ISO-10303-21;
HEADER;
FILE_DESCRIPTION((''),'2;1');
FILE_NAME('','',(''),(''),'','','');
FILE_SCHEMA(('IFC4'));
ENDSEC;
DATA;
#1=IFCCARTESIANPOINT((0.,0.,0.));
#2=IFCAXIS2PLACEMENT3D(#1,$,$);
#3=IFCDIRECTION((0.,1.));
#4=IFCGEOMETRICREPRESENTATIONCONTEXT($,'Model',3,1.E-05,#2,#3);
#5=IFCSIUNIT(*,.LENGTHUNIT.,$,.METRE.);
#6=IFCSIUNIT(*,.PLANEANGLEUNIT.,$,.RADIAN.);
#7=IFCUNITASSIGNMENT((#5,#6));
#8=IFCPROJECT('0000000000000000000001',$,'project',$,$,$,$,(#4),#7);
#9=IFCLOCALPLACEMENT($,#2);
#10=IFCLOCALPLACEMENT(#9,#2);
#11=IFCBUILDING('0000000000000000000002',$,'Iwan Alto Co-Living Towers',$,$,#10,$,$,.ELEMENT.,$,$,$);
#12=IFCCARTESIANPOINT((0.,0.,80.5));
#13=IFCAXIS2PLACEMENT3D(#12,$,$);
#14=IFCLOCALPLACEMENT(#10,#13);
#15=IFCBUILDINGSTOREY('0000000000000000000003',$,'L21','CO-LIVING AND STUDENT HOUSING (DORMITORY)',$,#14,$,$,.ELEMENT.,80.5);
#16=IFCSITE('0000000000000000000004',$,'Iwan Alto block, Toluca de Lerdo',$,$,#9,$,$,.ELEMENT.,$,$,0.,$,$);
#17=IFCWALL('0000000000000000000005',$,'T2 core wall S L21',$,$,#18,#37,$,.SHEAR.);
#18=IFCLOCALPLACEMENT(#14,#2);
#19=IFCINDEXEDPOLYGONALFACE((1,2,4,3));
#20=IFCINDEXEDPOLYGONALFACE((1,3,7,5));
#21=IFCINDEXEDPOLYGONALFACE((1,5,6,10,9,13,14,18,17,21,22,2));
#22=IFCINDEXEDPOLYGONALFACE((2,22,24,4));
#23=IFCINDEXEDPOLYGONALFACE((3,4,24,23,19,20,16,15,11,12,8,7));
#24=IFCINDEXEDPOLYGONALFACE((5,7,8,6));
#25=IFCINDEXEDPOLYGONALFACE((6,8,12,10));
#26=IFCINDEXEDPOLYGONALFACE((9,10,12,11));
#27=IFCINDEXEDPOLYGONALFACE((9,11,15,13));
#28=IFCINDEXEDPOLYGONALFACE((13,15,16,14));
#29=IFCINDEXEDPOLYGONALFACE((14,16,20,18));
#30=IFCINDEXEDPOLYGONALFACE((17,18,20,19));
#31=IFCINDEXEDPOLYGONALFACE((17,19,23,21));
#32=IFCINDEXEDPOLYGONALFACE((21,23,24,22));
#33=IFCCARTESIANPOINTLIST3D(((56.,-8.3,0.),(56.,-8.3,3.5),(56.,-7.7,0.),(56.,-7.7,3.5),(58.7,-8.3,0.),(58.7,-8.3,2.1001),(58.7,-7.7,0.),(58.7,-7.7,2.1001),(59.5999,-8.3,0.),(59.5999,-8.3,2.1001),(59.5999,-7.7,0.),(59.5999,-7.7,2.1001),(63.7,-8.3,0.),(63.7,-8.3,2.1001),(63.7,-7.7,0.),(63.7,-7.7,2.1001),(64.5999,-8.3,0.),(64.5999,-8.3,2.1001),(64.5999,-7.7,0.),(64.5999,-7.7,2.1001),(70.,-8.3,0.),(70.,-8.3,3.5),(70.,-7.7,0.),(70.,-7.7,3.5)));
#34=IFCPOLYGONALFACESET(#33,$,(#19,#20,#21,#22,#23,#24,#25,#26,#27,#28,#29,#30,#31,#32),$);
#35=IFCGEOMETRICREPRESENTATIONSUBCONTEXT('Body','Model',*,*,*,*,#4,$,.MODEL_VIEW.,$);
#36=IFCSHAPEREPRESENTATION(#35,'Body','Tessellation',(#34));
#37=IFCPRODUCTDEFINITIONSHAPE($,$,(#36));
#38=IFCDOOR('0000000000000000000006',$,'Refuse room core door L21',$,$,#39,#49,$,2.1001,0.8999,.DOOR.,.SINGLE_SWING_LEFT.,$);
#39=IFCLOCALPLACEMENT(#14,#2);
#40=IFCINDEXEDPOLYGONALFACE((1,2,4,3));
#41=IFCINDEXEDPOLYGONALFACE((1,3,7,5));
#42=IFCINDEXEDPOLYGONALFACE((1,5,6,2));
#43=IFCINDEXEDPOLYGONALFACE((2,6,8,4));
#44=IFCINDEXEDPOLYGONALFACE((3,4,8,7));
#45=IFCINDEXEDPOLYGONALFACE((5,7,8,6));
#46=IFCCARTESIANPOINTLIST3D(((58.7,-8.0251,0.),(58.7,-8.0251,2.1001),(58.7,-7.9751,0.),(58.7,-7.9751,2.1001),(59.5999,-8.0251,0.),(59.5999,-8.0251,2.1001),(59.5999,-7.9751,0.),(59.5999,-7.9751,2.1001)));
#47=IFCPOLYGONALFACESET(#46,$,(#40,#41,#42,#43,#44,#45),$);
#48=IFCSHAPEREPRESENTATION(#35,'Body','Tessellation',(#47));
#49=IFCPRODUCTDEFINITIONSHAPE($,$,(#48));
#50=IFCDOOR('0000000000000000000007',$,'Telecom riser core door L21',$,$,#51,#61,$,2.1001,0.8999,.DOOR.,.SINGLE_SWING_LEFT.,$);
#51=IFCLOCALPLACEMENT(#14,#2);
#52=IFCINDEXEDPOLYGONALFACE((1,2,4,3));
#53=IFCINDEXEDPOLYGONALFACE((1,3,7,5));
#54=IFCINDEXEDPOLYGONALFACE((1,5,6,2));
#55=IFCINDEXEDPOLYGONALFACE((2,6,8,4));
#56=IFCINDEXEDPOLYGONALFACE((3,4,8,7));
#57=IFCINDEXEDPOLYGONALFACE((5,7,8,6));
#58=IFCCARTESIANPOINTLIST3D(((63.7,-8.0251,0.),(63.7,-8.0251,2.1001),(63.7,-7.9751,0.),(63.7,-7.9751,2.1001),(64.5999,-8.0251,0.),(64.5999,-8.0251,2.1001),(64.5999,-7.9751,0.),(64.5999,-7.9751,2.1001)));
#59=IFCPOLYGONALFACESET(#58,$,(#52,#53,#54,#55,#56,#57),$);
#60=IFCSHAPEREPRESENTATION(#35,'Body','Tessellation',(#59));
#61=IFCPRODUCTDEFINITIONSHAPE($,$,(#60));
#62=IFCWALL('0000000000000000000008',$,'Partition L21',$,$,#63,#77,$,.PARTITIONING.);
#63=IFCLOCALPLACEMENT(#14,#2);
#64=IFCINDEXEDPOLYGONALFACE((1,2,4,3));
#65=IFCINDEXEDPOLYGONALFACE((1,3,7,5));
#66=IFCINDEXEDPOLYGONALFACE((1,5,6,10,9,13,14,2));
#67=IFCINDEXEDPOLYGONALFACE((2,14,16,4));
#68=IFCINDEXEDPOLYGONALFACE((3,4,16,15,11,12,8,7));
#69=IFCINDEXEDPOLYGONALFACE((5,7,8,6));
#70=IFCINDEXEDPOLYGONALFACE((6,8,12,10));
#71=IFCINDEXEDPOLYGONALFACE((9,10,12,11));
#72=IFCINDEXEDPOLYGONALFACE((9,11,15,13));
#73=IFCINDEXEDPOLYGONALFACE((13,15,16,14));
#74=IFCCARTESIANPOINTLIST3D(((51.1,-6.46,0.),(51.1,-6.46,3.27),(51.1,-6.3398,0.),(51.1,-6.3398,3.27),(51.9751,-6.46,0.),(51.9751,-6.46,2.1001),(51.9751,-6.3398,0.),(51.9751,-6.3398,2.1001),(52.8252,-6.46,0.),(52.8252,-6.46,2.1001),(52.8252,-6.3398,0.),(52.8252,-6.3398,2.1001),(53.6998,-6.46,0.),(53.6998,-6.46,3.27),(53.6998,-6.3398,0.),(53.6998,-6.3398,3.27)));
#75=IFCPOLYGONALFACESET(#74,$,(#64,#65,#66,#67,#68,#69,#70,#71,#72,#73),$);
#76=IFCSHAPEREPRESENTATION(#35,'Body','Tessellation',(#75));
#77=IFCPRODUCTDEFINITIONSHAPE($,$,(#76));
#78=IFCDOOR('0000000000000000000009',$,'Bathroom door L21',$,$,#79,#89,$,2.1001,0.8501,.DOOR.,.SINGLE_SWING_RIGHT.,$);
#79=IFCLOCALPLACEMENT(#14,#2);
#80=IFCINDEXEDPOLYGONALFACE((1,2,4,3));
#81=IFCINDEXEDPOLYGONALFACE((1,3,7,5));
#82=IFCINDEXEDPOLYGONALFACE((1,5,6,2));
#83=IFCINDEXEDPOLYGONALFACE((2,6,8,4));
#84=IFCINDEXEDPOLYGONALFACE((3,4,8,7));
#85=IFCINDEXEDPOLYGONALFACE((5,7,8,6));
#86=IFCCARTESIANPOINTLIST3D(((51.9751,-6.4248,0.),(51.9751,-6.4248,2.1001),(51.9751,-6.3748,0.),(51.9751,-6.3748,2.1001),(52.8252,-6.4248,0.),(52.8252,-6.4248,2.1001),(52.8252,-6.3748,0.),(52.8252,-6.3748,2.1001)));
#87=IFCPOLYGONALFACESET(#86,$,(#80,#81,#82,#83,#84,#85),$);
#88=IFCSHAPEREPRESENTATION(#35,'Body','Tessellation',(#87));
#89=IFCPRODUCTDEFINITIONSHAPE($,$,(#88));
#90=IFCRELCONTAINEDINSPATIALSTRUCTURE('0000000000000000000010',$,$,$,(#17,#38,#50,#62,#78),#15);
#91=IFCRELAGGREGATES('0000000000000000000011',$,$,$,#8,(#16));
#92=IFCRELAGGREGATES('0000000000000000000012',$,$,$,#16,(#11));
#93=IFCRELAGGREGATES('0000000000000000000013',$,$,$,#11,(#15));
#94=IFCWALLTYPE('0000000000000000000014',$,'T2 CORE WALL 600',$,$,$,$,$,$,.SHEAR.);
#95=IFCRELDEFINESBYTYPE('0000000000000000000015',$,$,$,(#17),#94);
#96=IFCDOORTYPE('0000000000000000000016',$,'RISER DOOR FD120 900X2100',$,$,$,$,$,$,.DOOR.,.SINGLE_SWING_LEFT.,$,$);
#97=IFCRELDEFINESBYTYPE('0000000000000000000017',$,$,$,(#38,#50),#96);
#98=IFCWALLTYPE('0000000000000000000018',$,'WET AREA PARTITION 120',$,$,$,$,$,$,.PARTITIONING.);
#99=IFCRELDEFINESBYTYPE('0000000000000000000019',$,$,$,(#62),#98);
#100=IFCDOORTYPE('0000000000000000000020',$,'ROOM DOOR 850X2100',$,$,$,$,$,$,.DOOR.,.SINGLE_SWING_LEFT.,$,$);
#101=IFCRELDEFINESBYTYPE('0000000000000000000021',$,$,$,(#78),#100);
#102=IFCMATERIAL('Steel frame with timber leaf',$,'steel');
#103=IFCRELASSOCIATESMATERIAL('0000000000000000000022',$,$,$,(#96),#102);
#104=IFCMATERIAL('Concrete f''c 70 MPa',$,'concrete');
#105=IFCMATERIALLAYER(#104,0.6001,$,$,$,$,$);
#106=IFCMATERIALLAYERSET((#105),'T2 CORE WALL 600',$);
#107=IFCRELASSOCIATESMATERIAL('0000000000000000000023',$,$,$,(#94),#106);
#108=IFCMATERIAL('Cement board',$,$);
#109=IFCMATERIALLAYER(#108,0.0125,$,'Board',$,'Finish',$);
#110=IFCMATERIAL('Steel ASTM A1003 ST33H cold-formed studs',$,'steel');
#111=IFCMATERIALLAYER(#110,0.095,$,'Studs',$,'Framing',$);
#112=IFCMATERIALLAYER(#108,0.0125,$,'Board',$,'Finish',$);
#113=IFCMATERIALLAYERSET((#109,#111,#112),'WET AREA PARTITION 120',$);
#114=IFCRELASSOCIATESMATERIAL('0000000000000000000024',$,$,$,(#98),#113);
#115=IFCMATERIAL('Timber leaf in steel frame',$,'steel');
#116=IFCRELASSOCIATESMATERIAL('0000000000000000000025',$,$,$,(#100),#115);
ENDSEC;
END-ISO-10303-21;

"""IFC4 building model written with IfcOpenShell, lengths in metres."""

from ifc_helpers import new_model, si_unit, direction, frame, frame_2d, origin, place, context, subcontext, project, spatial, rectangle, extrude, material, layer, layer_set, type_object, element, fill, save


model = new_model("IFC4")

# Units and contexts
model_context = context("Model", 3, precision=1e-05, world=origin(), true_north=direction((0.0, 1.0)))
body_context = subcontext(model_context, "Body", "Model", "MODEL_VIEW")
ifc_project = project(units=[si_unit("LENGTHUNIT", "METRE"), si_unit("PLANEANGLEUNIT", "RADIAN")], contexts=[model_context])

# Site, building, storey
site_placement = place(None, origin())
site = spatial("IfcSite", under=ifc_project, at=site_placement, Name="Iwan Alto block, Toluca de Lerdo", CompositionType="ELEMENT", RefElevation=0.0)
building_placement = place(site_placement, origin())
building = spatial("IfcBuilding", under=site, at=building_placement, Name="Iwan Alto Co-Living Towers", CompositionType="ELEMENT")
storey_placement = place(building_placement, frame((0.0, 0.0, 80.5)))
storey = spatial("IfcBuildingStorey", under=building, at=storey_placement, Name="L21", Description="CO-LIVING AND STUDENT HOUSING (DORMITORY)", CompositionType="ELEMENT", Elevation=80.5)

# Shared definitions
ifc_material_1 = material(Name="Steel ASTM A1003 ST33H cold-formed studs", Category="steel")

# Shared definitions
ifc_material_2 = material(Name="Steel frame with timber leaf", Category="steel")
door_type_1 = type_object("IfcDoorType", Name="RISER DOOR FD120 900X2100", OperationType="SINGLE_SWING_LEFT", PredefinedType="DOOR", material=ifc_material_2)

# Wall, openings, doors
ifc_material_3 = material(Name="Concrete f'c 70 MPa", Category="concrete")
ifc_layer_1 = layer(ifc_material_3, 0.6001)
ifc_layer_set_1 = layer_set([ifc_layer_1], Name="T2 CORE WALL 600")
wall_type_1 = type_object("IfcWallType", Name="T2 CORE WALL 600", PredefinedType="SHEAR", material=ifc_layer_set_1)
wall_1_placement = place(storey_placement, frame((56.0, -8.0, 0.0), z_axis=(0.0, 0.0, 1.0), x_axis=(1.0, 0.0, 0.0)))
wall_1 = element("IfcWall", 1, at=wall_1_placement, inside=storey, type_object=wall_type_1, Name="T2 core wall S L21", PredefinedType="SHEAR", context=body_context, shape_type="SweptSolid", body=[
    extrude(rectangle(XDim=14.0, YDim=0.6001, at=frame_2d((7.0, 0.0))), origin(), (0.0, 0.0, 1.0), 3.5),
])
opening_1_placement = place(wall_1_placement, frame((2.7, 0.0, 0.0)))
opening_1 = element("IfcOpeningElement", 2, at=opening_1_placement, cuts=wall_1, PredefinedType="OPENING", context=body_context, shape_type="SweptSolid", body=[
    extrude(rectangle(XDim=0.8999, YDim=2.1001, at=frame_2d((0.45, 1.05))), frame((0.0, 0.3101, 0.0), z_axis=(0.0, -1.0, 0.0), x_axis=(1.0, 0.0, 0.0)), (0.0, 0.0, 1.0), 0.6201),
])
opening_2_placement = place(wall_1_placement, frame((7.7, 0.0, 0.0)))
opening_2 = element("IfcOpeningElement", 3, at=opening_2_placement, cuts=wall_1, PredefinedType="OPENING", context=body_context, shape_type="SweptSolid", body=[
    extrude(rectangle(XDim=0.8999, YDim=2.1001, at=frame_2d((0.45, 1.05))), frame((0.0, 0.3101, 0.0), z_axis=(0.0, -1.0, 0.0), x_axis=(1.0, 0.0, 0.0)), (0.0, 0.0, 1.0), 0.6201),
])
door_1_placement = place(opening_1_placement, origin())
door_1 = element("IfcDoor", 4, at=door_1_placement, inside=storey, type_object=door_type_1, Name="Refuse room core door L21", OperationType="SINGLE_SWING_LEFT", OverallHeight=2.1001, OverallWidth=0.8999, PredefinedType="DOOR", context=body_context, shape_type="SweptSolid", body=[
    extrude(rectangle(XDim=0.8999, YDim=2.1001, at=frame_2d((0.45, 1.05))), frame((0.0, 0.0249, 0.0), z_axis=(0.0, -1.0, 0.0), x_axis=(1.0, 0.0, 0.0)), (0.0, 0.0, 1.0), 0.05),
])
fill(opening_1, door_1)
door_2_placement = place(opening_2_placement, origin())
door_2 = element("IfcDoor", 5, at=door_2_placement, inside=storey, type_object=door_type_1, Name="Telecom riser core door L21", OperationType="SINGLE_SWING_LEFT", OverallHeight=2.1001, OverallWidth=0.8999, PredefinedType="DOOR", context=body_context, shape_type="SweptSolid", body=[
    extrude(rectangle(XDim=0.8999, YDim=2.1001, at=frame_2d((0.45, 1.05))), frame((0.0, 0.0249, 0.0), z_axis=(0.0, -1.0, 0.0), x_axis=(1.0, 0.0, 0.0)), (0.0, 0.0, 1.0), 0.05),
])
fill(opening_2, door_2)

# Wall, opening, door
ifc_material_4 = material(Name="Cement board")
ifc_layer_2 = layer(ifc_material_4, 0.0125, Name="Board", Category="Finish")
ifc_layer_3 = layer(ifc_material_1, 0.095, Name="Studs", Category="Framing")
ifc_layer_4 = layer(ifc_material_4, 0.0125, Name="Board", Category="Finish")
ifc_layer_set_2 = layer_set([ifc_layer_2, ifc_layer_3, ifc_layer_4], Name="WET AREA PARTITION 120")
wall_type_2 = type_object("IfcWallType", Name="WET AREA PARTITION 120", PredefinedType="PARTITIONING", material=ifc_layer_set_2)
wall_2_placement = place(storey_placement, frame((51.1001, -6.3999, 0.0), z_axis=(0.0, 0.0, 1.0), x_axis=(1.0, 0.0, 0.0)))
wall_2 = element("IfcWall", 6, at=wall_2_placement, inside=storey, type_object=wall_type_2, Name="Partition L21", PredefinedType="PARTITIONING", context=body_context, shape_type="SweptSolid", body=[
    extrude(rectangle(XDim=2.5999, YDim=0.1201, at=frame_2d((1.2998, 0.0))), origin(), (0.0, 0.0, 1.0), 3.27),
])
opening_3_placement = place(wall_2_placement, frame((0.875, 0.0, 0.0)))
opening_3 = element("IfcOpeningElement", 7, at=opening_3_placement, cuts=wall_2, PredefinedType="OPENING", context=body_context, shape_type="SweptSolid", body=[
    extrude(rectangle(XDim=0.8501, YDim=2.1001, at=frame_2d((0.425, 1.05))), frame((0.0, 0.0701, 0.0), z_axis=(0.0, -1.0, 0.0), x_axis=(1.0, 0.0, 0.0)), (0.0, 0.0, 1.0), 0.1401),
])
ifc_material_5 = material(Name="Timber leaf in steel frame", Category="steel")
door_type_2 = type_object("IfcDoorType", Name="ROOM DOOR 850X2100", OperationType="SINGLE_SWING_LEFT", PredefinedType="DOOR", material=ifc_material_5)
door_3_placement = place(opening_3_placement, frame((0.8501, 0.0, 0.0), z_axis=(0.0, 0.0, 1.0), x_axis=(-1.0, 0.0, 0.0)))
door_3 = element("IfcDoor", 8, at=door_3_placement, inside=storey, type_object=door_type_2, Name="Bathroom door L21", OperationType="SINGLE_SWING_RIGHT", OverallHeight=2.1001, OverallWidth=0.8501, PredefinedType="DOOR", context=body_context, shape_type="SweptSolid", body=[
    extrude(rectangle(XDim=0.8501, YDim=2.1001, at=frame_2d((0.425, 1.05))), frame((0.0, 0.0249, 0.0), z_axis=(0.0, -1.0, 0.0), x_axis=(1.0, 0.0, 0.0)), (0.0, 0.0, 1.0), 0.05),
])
fill(opening_3, door_3)

save(model, "model.ifc")
